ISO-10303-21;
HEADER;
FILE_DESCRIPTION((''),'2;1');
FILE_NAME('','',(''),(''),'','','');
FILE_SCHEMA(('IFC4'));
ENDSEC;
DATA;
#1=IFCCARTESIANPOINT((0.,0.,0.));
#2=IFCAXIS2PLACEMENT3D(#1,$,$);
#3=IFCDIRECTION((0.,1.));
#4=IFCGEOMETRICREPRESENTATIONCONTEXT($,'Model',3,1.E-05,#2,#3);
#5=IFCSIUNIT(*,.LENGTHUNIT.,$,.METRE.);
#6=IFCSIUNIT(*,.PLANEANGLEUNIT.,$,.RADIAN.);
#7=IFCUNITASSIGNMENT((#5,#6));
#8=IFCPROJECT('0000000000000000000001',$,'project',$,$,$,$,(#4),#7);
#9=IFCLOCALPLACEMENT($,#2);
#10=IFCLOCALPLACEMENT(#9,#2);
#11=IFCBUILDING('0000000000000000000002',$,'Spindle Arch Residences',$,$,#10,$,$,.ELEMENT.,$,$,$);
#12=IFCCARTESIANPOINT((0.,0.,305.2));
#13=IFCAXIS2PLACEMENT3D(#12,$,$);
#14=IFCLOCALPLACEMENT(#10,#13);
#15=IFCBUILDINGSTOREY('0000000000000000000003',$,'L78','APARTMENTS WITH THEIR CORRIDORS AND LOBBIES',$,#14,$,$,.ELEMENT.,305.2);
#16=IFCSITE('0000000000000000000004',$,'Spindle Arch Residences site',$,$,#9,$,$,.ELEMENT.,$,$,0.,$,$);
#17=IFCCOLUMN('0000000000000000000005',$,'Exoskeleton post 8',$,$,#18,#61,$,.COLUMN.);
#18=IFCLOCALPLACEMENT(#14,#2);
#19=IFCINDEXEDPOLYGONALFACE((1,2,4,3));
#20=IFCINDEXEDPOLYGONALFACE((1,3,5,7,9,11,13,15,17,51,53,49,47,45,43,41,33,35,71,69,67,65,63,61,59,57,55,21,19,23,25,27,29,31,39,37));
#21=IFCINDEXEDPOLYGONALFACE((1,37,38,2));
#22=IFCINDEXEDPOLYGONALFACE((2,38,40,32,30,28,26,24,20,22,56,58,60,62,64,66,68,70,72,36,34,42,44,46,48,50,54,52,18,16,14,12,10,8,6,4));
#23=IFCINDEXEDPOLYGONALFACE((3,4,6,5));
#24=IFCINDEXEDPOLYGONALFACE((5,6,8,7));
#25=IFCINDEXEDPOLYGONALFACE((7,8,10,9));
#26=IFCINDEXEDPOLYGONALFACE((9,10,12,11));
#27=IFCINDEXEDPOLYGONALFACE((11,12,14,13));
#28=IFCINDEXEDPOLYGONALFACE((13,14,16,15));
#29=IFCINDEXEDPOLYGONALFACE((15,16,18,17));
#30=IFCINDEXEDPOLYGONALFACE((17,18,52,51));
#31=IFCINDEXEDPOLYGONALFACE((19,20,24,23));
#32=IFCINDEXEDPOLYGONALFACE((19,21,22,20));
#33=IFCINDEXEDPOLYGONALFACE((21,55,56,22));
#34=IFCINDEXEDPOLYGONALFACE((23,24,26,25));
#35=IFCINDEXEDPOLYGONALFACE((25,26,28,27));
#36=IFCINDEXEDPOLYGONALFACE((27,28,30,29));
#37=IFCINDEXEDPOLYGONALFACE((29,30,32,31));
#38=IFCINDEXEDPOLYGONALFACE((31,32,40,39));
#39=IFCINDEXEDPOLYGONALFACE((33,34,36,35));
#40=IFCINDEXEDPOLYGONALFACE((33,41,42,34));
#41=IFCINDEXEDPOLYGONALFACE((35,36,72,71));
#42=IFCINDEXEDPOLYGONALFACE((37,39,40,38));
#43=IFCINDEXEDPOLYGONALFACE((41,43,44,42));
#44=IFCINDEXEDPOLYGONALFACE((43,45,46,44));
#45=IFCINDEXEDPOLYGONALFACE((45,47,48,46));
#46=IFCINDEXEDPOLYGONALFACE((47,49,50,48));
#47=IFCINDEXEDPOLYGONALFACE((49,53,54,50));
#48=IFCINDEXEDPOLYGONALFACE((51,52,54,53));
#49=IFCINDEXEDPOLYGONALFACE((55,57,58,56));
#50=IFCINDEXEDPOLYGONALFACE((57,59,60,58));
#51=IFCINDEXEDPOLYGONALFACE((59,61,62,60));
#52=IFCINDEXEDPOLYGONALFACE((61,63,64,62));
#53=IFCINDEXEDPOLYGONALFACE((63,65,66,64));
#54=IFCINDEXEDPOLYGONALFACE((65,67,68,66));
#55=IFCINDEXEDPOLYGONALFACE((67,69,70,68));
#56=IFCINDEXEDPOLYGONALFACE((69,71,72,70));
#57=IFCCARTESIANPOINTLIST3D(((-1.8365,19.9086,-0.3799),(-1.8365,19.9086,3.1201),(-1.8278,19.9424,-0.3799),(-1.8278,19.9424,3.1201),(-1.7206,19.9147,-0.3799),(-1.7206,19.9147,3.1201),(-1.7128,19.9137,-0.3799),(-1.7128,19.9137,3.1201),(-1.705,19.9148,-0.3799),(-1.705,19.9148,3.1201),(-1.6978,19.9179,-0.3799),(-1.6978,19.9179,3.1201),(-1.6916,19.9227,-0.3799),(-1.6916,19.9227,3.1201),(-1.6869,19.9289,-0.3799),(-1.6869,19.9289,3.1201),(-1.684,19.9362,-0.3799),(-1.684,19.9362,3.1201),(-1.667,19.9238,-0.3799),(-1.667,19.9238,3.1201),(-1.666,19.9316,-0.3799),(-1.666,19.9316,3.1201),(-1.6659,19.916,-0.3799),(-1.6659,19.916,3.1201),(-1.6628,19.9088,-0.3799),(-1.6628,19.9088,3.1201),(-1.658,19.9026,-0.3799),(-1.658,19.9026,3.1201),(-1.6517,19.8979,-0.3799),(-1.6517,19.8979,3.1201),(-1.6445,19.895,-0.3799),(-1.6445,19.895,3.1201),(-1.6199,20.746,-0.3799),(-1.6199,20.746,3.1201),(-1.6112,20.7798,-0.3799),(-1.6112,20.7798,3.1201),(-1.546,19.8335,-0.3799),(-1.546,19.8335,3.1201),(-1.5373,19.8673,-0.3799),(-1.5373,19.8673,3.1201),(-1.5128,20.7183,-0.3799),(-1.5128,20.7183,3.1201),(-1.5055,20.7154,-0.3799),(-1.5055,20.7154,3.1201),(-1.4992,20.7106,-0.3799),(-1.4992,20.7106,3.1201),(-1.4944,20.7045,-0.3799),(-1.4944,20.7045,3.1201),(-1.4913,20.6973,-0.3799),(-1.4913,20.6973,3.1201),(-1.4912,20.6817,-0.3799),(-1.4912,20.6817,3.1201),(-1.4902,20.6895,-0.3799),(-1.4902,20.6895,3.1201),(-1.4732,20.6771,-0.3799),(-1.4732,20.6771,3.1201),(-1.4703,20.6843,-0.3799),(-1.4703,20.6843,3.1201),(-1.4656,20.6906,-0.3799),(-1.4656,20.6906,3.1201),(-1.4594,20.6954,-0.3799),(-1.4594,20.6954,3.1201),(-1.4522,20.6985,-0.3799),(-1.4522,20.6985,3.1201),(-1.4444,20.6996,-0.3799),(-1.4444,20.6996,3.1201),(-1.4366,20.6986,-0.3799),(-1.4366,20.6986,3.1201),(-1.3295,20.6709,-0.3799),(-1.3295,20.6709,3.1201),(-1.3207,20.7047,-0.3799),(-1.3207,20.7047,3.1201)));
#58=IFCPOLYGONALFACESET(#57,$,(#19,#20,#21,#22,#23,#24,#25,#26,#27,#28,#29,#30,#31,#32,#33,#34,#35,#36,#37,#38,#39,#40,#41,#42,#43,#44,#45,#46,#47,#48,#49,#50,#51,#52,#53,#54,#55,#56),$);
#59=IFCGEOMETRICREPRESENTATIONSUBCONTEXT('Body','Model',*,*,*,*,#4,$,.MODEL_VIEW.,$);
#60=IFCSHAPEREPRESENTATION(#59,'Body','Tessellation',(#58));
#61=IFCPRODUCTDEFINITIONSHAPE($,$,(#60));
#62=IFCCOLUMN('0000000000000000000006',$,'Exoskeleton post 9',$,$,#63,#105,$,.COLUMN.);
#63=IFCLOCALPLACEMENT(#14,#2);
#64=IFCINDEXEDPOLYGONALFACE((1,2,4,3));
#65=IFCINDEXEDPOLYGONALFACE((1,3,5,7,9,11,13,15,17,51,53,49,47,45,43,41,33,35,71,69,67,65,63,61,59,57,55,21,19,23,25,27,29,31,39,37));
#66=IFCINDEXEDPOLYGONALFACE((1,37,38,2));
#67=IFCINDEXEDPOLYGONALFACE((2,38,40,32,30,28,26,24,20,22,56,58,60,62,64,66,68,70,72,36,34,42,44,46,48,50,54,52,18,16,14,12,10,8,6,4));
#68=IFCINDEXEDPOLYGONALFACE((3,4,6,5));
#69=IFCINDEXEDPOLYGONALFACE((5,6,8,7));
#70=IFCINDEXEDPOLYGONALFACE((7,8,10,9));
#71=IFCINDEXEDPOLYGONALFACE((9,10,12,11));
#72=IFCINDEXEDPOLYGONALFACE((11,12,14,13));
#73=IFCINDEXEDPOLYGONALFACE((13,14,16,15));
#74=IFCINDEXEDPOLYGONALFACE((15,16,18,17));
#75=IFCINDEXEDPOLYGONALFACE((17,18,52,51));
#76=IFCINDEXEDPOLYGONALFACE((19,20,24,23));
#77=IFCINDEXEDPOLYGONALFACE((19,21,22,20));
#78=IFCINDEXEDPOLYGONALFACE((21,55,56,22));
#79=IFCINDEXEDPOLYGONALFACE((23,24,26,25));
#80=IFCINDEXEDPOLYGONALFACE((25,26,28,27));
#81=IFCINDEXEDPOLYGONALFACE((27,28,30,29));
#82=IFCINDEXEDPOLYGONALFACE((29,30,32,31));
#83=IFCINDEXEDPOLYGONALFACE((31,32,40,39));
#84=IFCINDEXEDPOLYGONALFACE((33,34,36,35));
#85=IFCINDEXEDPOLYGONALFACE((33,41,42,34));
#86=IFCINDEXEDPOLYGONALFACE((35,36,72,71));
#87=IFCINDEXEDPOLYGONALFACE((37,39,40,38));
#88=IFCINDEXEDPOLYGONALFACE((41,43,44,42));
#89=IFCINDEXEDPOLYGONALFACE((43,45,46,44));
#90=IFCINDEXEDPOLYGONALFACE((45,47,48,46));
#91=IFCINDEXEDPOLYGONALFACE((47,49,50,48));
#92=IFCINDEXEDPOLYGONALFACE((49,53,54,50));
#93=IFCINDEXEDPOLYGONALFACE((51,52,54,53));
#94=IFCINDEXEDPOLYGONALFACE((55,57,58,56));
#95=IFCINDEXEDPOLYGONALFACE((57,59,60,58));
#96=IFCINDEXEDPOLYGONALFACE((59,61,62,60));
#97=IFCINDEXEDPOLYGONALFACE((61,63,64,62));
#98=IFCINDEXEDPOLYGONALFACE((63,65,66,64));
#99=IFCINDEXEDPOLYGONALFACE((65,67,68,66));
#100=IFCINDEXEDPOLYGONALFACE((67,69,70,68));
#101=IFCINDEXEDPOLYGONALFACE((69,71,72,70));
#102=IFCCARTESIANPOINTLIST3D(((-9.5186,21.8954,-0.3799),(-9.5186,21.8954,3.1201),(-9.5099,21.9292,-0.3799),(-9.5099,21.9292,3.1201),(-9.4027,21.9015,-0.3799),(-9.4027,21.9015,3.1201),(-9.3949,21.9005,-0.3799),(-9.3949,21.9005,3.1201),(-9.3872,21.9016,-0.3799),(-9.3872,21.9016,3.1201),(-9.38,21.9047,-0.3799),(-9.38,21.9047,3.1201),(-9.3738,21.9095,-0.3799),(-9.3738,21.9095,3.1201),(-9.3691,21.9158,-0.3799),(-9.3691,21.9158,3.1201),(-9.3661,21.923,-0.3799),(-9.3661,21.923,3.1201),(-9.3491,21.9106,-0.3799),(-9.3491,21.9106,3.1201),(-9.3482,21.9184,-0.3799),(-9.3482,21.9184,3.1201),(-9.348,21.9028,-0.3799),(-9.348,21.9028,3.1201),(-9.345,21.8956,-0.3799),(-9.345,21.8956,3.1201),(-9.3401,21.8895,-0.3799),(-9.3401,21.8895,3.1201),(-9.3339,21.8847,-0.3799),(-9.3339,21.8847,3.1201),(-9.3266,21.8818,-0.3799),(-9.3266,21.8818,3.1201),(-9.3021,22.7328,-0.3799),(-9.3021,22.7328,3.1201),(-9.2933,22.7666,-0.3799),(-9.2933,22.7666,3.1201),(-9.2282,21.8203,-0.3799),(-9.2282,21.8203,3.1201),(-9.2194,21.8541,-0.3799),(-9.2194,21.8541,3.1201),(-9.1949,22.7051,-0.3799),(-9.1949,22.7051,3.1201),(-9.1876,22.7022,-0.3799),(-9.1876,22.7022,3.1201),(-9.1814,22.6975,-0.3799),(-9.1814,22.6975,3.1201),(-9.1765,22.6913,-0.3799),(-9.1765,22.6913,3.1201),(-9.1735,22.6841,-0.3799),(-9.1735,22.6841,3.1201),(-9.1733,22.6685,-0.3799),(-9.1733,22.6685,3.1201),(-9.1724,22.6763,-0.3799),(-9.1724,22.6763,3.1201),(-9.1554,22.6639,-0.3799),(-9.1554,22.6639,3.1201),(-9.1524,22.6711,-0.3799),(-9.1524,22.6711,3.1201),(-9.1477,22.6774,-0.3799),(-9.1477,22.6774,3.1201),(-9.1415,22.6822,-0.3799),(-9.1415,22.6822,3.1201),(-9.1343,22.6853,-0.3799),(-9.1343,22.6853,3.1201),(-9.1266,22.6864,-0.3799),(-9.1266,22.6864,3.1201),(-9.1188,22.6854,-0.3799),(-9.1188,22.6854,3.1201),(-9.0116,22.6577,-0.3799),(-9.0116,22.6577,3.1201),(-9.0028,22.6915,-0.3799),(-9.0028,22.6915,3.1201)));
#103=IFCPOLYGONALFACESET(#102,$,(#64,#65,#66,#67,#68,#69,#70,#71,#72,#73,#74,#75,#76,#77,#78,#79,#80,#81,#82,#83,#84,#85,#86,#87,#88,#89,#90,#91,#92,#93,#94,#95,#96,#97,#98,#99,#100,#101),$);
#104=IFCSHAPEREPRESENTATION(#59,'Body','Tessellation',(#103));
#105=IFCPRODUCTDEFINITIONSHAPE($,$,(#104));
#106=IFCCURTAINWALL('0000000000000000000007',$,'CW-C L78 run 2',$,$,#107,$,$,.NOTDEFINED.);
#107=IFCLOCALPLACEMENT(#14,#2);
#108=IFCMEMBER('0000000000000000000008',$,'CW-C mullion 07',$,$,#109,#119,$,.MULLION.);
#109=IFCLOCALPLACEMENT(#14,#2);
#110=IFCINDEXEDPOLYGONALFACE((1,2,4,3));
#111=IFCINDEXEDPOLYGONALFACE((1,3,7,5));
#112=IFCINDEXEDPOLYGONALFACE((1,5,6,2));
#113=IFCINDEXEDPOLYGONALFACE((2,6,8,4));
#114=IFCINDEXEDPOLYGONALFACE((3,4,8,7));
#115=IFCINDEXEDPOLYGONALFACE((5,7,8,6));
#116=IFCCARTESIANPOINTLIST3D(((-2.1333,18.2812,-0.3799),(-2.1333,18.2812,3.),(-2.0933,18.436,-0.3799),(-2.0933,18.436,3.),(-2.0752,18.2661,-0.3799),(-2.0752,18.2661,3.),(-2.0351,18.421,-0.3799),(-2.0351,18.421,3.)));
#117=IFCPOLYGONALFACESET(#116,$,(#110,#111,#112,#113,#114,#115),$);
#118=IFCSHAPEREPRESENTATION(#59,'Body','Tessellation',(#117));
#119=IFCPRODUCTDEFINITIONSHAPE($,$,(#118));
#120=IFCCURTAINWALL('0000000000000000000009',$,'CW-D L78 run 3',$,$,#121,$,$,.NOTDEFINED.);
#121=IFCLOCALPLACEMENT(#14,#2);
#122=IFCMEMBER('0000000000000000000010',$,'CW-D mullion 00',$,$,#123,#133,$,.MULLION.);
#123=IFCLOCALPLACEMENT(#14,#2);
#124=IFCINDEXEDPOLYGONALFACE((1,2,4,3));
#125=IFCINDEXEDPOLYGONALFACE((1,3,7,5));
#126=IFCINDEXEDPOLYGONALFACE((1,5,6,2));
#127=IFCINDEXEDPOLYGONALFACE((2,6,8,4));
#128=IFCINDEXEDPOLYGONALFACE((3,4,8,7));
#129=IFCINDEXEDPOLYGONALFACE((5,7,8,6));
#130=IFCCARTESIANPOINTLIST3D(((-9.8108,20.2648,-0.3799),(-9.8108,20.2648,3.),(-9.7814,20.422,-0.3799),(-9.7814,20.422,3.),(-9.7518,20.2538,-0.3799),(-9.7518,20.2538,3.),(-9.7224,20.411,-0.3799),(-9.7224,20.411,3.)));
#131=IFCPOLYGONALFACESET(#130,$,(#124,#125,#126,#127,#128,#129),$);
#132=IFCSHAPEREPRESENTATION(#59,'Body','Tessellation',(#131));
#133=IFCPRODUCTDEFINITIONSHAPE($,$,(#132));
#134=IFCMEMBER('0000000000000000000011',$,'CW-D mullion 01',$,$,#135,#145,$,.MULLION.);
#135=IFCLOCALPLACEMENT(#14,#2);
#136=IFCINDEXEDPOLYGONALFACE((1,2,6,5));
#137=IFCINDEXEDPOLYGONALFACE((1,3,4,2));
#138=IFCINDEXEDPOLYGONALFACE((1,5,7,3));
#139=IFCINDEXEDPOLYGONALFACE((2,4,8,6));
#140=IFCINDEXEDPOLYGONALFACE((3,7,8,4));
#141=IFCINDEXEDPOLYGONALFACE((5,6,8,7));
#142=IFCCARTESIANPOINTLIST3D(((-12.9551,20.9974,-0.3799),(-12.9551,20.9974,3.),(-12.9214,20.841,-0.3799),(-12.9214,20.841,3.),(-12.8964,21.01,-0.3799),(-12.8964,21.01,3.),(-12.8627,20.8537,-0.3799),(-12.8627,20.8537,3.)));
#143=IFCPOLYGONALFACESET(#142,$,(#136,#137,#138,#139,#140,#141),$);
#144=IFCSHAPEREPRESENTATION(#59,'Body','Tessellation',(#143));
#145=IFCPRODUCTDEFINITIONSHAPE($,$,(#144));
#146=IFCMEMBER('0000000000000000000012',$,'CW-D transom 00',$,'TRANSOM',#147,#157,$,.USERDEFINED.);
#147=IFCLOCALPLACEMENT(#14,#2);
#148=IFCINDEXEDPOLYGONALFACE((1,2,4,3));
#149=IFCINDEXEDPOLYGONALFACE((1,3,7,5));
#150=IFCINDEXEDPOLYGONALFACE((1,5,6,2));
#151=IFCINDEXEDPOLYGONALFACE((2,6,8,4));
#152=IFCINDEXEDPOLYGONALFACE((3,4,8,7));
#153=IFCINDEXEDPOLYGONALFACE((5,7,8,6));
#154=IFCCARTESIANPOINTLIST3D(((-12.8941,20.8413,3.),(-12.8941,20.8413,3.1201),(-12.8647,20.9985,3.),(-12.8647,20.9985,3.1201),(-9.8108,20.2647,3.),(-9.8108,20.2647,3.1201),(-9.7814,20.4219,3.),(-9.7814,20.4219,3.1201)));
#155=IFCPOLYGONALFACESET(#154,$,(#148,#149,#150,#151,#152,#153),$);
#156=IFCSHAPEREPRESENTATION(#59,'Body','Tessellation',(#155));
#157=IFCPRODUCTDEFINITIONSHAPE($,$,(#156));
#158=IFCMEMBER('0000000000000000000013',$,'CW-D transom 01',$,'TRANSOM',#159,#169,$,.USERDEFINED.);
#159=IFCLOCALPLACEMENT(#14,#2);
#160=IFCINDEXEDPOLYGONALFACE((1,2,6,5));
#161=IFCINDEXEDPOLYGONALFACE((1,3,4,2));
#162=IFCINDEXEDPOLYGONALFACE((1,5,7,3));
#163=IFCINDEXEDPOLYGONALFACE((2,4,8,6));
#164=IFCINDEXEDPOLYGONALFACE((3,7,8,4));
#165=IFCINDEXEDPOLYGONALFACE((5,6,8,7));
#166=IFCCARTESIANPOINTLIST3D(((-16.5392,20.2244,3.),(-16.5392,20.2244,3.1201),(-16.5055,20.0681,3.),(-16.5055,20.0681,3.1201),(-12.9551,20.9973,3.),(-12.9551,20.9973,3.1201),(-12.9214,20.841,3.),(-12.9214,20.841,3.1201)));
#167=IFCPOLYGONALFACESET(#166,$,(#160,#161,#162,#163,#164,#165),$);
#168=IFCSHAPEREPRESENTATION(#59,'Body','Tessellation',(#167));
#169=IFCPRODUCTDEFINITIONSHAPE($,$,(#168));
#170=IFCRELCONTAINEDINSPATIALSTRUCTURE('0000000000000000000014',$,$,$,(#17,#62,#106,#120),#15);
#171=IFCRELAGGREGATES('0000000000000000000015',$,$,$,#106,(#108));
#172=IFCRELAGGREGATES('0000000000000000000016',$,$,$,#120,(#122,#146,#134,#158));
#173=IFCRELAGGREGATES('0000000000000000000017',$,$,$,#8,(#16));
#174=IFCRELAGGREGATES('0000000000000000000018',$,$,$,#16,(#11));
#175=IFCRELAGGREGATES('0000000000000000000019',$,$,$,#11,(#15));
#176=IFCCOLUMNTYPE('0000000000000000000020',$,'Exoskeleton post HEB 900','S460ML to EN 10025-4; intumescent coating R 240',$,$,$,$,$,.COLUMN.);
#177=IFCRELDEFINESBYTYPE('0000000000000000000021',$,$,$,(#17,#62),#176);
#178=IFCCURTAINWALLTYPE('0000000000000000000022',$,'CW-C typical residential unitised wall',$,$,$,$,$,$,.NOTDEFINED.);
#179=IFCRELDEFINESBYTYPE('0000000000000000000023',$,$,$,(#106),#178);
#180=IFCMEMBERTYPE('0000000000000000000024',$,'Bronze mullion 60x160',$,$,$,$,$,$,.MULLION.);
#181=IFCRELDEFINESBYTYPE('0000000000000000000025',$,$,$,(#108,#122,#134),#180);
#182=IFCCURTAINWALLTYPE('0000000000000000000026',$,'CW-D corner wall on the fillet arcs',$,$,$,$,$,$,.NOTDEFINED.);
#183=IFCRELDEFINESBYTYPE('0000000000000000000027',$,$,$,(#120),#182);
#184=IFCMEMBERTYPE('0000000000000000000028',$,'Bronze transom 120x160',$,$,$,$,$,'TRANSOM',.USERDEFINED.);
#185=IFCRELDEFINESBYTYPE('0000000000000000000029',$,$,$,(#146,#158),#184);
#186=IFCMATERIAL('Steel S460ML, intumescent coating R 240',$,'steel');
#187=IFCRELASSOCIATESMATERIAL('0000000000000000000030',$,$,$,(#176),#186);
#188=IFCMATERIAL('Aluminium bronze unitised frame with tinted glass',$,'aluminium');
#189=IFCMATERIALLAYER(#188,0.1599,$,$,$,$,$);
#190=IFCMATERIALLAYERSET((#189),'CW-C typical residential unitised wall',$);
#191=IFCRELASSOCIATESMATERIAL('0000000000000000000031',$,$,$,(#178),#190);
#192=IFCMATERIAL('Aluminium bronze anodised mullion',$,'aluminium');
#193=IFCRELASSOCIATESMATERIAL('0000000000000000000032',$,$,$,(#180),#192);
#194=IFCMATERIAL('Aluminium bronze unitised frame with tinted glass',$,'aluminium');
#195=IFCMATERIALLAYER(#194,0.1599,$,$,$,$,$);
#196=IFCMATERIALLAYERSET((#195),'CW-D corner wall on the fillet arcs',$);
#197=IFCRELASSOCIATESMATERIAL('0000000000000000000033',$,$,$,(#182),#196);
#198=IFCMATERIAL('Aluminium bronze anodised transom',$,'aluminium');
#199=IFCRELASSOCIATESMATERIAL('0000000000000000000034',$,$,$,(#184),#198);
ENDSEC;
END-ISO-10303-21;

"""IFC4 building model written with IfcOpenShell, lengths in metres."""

from ifc_helpers import new_model, si_unit, direction, frame, origin, origin_2d, place, context, subcontext, project, spatial, rectangle, i_section, extrude, material, layer, layer_set, material_profile, profile_set, type_object, element, aggregate, save


model = new_model("IFC4")

# Units and contexts
model_context = context("Model", 3, precision=1e-05, world=origin(), true_north=direction((0.0, 1.0)))
body_context = subcontext(model_context, "Body", "Model", "MODEL_VIEW")
ifc_project = project(units=[si_unit("LENGTHUNIT", "METRE"), si_unit("PLANEANGLEUNIT", "RADIAN")], contexts=[model_context])

# Site, building, storey
site_placement = place(None, origin())
site = spatial("IfcSite", under=ifc_project, at=site_placement, Name="Spindle Arch Residences site", CompositionType="ELEMENT", RefElevation=0.0)
building_placement = place(site_placement, origin())
building = spatial("IfcBuilding", under=site, at=building_placement, Name="Spindle Arch Residences", CompositionType="ELEMENT")
storey_placement = place(building_placement, frame((0.0, 0.0, 305.2)))
storey = spatial("IfcBuildingStorey", under=building, at=storey_placement, Name="L78", Description="APARTMENTS WITH THEIR CORRIDORS AND LOBBIES", CompositionType="ELEMENT", Elevation=305.2)

# Columns
ifc_material_1 = material(Name="Steel S460ML, intumescent coating R 240", Category="steel")
ifc_material_profile_1 = material_profile(ifc_material_1, i_section(OverallWidth=0.3, OverallDepth=0.8999, WebThickness=0.0186, FlangeThickness=0.0349, FilletRadius=0.03, at=origin_2d()), Name="HEB 900")
ifc_profile_set_1 = profile_set([ifc_material_profile_1], Name="Steel S460ML, intumescent coating R 240")
column_type = type_object("IfcColumnType", Name="Exoskeleton post HEB 900", Description="S460ML to EN 10025-4; intumescent coating R 240", PredefinedType="COLUMN", material=ifc_profile_set_1)
for number, where, z_axis, x_axis, name in (
    (1, (-1.5786, 20.3066, -0.3799), (0.0, 0.0, 1.0), (0.968148, -0.25038, 0.0), "Exoskeleton post 8"),
    (2, (-9.2607, 22.2935, -0.3799), (0.0, 0.0, 1.0), (0.968148, -0.25038, 0.0), "Exoskeleton post 9"),
):
    element("IfcColumn", number, at=place(storey_placement, frame(where, z_axis=z_axis, x_axis=x_axis)), inside=storey, type_object=column_type, Name=name, PredefinedType="COLUMN", context=body_context, shape_type="SweptSolid", body=[
        extrude(i_section(OverallWidth=0.3, OverallDepth=0.8999, WebThickness=0.0186, FlangeThickness=0.0349, FilletRadius=0.03, at=origin_2d()), origin(), (0.0, 0.0, 1.0), 3.5),
    ])

# Curtain wall, member
ifc_material_2 = material(Name="Aluminium bronze unitised frame with tinted glass", Category="aluminium")
ifc_layer_1 = layer(ifc_material_2, 0.1599)
ifc_layer_set_1 = layer_set([ifc_layer_1], Name="CW-C typical residential unitised wall")
curtain_wall_type_1 = type_object("IfcCurtainWallType", Name="CW-C typical residential unitised wall", PredefinedType="NOTDEFINED", material=ifc_layer_set_1)
curtain_wall_1_placement = place(storey_placement, origin())
curtain_wall_1 = element("IfcCurtainWall", 3, at=curtain_wall_1_placement, inside=storey, type_object=curtain_wall_type_1, Name="CW-C L78 run 2", PredefinedType="NOTDEFINED")
ifc_material_3 = material(Name="Aluminium bronze anodised mullion", Category="aluminium")
ifc_material_profile_2 = material_profile(ifc_material_3, rectangle(XDim=0.1599, YDim=0.0601, at=origin_2d()), Name="MU 60x160")
ifc_profile_set_2 = profile_set([ifc_material_profile_2], Name="Aluminium bronze anodised mullion")
member_type_1 = type_object("IfcMemberType", Name="Bronze mullion 60x160", PredefinedType="MULLION", material=ifc_profile_set_2)
member_1_placement = place(storey_placement, frame((-2.0842, 18.3511, -0.3799), z_axis=(0.0, 0.0, 1.0), x_axis=(-0.25038, -0.968148, 0.0)))
member_1 = element("IfcMember", 4, at=member_1_placement, type_object=member_type_1, Name="CW-C mullion 07", PredefinedType="MULLION", context=body_context, shape_type="SweptSolid", body=[
    extrude(rectangle(XDim=0.1599, YDim=0.0601, at=origin_2d()), origin(), (0.0, 0.0, 1.0), 3.3799),
])

# Curtain wall, members
ifc_material_4 = material(Name="Aluminium bronze unitised frame with tinted glass", Category="aluminium")
ifc_layer_2 = layer(ifc_material_4, 0.1599)
ifc_layer_set_2 = layer_set([ifc_layer_2], Name="CW-D corner wall on the fillet arcs")
curtain_wall_type_2 = type_object("IfcCurtainWallType", Name="CW-D corner wall on the fillet arcs", PredefinedType="NOTDEFINED", material=ifc_layer_set_2)
curtain_wall_2_placement = place(storey_placement, origin())
curtain_wall_2 = element("IfcCurtainWall", 5, at=curtain_wall_2_placement, inside=storey, type_object=curtain_wall_type_2, Name="CW-D L78 run 3", PredefinedType="NOTDEFINED")
member_2_placement = place(storey_placement, frame((-9.7666, 20.3379, -0.3799), z_axis=(0.0, 0.0, 1.0), x_axis=(-0.183837, -0.982957, 0.0)))
member_2 = element("IfcMember", 6, at=member_2_placement, type_object=member_type_1, Name="CW-D mullion 00", PredefinedType="MULLION", context=body_context, shape_type="SweptSolid", body=[
    extrude(rectangle(XDim=0.1599, YDim=0.0601, at=origin_2d()), origin(), (0.0, 0.0, 1.0), 3.3799),
])
member_3_placement = place(storey_placement, frame((-12.9089, 20.9255, -0.3799), z_axis=(0.0, 0.0, 1.0), x_axis=(0.210756, -0.977539, 0.0)))
member_3 = element("IfcMember", 7, at=member_3_placement, type_object=member_type_1, Name="CW-D mullion 01", PredefinedType="MULLION", context=body_context, shape_type="SweptSolid", body=[
    extrude(rectangle(XDim=0.1599, YDim=0.0601, at=origin_2d()), origin(), (0.0, 0.0, 1.0), 3.3799),
])
ifc_material_5 = material(Name="Aluminium bronze anodised transom", Category="aluminium")
ifc_material_profile_3 = material_profile(ifc_material_5, rectangle(XDim=0.1599, YDim=0.1201, at=origin_2d()), Name="TR 120x160")
ifc_profile_set_3 = profile_set([ifc_material_profile_3], Name="Aluminium bronze anodised transom")
member_type_2 = type_object("IfcMemberType", Name="Bronze transom 120x160", ElementType="TRANSOM", PredefinedType="USERDEFINED", material=ifc_profile_set_3)
member_4_placement = place(storey_placement, frame((-9.7961, 20.3433, 3.0601), z_axis=(-0.982956, 0.183842, 0.0), x_axis=(-0.183842, -0.982956, 0.0)))
member_4 = element("IfcMember", 8, at=member_4_placement, type_object=member_type_2, Name="CW-D transom 00", ObjectType="TRANSOM", PredefinedType="USERDEFINED", context=body_context, shape_type="SweptSolid", body=[
    extrude(rectangle(XDim=0.1599, YDim=0.1201, at=origin_2d()), origin(), (0.0, 0.0, 1.0), 3.1367),
])
member_5_placement = place(storey_placement, frame((-12.9382, 20.9192, 3.0601), z_axis=(-0.977528, -0.210807, 0.0), x_axis=(0.210807, -0.977528, 0.0)))
member_5 = element("IfcMember", 9, at=member_5_placement, type_object=member_type_2, Name="CW-D transom 01", ObjectType="TRANSOM", PredefinedType="USERDEFINED", context=body_context, shape_type="SweptSolid", body=[
    extrude(rectangle(XDim=0.1599, YDim=0.1201, at=origin_2d()), origin(), (0.0, 0.0, 1.0), 3.6665),
])

aggregate(curtain_wall_1, [member_1])
aggregate(curtain_wall_2, [member_2, member_4, member_3, member_5])

save(model, "model.ifc")
